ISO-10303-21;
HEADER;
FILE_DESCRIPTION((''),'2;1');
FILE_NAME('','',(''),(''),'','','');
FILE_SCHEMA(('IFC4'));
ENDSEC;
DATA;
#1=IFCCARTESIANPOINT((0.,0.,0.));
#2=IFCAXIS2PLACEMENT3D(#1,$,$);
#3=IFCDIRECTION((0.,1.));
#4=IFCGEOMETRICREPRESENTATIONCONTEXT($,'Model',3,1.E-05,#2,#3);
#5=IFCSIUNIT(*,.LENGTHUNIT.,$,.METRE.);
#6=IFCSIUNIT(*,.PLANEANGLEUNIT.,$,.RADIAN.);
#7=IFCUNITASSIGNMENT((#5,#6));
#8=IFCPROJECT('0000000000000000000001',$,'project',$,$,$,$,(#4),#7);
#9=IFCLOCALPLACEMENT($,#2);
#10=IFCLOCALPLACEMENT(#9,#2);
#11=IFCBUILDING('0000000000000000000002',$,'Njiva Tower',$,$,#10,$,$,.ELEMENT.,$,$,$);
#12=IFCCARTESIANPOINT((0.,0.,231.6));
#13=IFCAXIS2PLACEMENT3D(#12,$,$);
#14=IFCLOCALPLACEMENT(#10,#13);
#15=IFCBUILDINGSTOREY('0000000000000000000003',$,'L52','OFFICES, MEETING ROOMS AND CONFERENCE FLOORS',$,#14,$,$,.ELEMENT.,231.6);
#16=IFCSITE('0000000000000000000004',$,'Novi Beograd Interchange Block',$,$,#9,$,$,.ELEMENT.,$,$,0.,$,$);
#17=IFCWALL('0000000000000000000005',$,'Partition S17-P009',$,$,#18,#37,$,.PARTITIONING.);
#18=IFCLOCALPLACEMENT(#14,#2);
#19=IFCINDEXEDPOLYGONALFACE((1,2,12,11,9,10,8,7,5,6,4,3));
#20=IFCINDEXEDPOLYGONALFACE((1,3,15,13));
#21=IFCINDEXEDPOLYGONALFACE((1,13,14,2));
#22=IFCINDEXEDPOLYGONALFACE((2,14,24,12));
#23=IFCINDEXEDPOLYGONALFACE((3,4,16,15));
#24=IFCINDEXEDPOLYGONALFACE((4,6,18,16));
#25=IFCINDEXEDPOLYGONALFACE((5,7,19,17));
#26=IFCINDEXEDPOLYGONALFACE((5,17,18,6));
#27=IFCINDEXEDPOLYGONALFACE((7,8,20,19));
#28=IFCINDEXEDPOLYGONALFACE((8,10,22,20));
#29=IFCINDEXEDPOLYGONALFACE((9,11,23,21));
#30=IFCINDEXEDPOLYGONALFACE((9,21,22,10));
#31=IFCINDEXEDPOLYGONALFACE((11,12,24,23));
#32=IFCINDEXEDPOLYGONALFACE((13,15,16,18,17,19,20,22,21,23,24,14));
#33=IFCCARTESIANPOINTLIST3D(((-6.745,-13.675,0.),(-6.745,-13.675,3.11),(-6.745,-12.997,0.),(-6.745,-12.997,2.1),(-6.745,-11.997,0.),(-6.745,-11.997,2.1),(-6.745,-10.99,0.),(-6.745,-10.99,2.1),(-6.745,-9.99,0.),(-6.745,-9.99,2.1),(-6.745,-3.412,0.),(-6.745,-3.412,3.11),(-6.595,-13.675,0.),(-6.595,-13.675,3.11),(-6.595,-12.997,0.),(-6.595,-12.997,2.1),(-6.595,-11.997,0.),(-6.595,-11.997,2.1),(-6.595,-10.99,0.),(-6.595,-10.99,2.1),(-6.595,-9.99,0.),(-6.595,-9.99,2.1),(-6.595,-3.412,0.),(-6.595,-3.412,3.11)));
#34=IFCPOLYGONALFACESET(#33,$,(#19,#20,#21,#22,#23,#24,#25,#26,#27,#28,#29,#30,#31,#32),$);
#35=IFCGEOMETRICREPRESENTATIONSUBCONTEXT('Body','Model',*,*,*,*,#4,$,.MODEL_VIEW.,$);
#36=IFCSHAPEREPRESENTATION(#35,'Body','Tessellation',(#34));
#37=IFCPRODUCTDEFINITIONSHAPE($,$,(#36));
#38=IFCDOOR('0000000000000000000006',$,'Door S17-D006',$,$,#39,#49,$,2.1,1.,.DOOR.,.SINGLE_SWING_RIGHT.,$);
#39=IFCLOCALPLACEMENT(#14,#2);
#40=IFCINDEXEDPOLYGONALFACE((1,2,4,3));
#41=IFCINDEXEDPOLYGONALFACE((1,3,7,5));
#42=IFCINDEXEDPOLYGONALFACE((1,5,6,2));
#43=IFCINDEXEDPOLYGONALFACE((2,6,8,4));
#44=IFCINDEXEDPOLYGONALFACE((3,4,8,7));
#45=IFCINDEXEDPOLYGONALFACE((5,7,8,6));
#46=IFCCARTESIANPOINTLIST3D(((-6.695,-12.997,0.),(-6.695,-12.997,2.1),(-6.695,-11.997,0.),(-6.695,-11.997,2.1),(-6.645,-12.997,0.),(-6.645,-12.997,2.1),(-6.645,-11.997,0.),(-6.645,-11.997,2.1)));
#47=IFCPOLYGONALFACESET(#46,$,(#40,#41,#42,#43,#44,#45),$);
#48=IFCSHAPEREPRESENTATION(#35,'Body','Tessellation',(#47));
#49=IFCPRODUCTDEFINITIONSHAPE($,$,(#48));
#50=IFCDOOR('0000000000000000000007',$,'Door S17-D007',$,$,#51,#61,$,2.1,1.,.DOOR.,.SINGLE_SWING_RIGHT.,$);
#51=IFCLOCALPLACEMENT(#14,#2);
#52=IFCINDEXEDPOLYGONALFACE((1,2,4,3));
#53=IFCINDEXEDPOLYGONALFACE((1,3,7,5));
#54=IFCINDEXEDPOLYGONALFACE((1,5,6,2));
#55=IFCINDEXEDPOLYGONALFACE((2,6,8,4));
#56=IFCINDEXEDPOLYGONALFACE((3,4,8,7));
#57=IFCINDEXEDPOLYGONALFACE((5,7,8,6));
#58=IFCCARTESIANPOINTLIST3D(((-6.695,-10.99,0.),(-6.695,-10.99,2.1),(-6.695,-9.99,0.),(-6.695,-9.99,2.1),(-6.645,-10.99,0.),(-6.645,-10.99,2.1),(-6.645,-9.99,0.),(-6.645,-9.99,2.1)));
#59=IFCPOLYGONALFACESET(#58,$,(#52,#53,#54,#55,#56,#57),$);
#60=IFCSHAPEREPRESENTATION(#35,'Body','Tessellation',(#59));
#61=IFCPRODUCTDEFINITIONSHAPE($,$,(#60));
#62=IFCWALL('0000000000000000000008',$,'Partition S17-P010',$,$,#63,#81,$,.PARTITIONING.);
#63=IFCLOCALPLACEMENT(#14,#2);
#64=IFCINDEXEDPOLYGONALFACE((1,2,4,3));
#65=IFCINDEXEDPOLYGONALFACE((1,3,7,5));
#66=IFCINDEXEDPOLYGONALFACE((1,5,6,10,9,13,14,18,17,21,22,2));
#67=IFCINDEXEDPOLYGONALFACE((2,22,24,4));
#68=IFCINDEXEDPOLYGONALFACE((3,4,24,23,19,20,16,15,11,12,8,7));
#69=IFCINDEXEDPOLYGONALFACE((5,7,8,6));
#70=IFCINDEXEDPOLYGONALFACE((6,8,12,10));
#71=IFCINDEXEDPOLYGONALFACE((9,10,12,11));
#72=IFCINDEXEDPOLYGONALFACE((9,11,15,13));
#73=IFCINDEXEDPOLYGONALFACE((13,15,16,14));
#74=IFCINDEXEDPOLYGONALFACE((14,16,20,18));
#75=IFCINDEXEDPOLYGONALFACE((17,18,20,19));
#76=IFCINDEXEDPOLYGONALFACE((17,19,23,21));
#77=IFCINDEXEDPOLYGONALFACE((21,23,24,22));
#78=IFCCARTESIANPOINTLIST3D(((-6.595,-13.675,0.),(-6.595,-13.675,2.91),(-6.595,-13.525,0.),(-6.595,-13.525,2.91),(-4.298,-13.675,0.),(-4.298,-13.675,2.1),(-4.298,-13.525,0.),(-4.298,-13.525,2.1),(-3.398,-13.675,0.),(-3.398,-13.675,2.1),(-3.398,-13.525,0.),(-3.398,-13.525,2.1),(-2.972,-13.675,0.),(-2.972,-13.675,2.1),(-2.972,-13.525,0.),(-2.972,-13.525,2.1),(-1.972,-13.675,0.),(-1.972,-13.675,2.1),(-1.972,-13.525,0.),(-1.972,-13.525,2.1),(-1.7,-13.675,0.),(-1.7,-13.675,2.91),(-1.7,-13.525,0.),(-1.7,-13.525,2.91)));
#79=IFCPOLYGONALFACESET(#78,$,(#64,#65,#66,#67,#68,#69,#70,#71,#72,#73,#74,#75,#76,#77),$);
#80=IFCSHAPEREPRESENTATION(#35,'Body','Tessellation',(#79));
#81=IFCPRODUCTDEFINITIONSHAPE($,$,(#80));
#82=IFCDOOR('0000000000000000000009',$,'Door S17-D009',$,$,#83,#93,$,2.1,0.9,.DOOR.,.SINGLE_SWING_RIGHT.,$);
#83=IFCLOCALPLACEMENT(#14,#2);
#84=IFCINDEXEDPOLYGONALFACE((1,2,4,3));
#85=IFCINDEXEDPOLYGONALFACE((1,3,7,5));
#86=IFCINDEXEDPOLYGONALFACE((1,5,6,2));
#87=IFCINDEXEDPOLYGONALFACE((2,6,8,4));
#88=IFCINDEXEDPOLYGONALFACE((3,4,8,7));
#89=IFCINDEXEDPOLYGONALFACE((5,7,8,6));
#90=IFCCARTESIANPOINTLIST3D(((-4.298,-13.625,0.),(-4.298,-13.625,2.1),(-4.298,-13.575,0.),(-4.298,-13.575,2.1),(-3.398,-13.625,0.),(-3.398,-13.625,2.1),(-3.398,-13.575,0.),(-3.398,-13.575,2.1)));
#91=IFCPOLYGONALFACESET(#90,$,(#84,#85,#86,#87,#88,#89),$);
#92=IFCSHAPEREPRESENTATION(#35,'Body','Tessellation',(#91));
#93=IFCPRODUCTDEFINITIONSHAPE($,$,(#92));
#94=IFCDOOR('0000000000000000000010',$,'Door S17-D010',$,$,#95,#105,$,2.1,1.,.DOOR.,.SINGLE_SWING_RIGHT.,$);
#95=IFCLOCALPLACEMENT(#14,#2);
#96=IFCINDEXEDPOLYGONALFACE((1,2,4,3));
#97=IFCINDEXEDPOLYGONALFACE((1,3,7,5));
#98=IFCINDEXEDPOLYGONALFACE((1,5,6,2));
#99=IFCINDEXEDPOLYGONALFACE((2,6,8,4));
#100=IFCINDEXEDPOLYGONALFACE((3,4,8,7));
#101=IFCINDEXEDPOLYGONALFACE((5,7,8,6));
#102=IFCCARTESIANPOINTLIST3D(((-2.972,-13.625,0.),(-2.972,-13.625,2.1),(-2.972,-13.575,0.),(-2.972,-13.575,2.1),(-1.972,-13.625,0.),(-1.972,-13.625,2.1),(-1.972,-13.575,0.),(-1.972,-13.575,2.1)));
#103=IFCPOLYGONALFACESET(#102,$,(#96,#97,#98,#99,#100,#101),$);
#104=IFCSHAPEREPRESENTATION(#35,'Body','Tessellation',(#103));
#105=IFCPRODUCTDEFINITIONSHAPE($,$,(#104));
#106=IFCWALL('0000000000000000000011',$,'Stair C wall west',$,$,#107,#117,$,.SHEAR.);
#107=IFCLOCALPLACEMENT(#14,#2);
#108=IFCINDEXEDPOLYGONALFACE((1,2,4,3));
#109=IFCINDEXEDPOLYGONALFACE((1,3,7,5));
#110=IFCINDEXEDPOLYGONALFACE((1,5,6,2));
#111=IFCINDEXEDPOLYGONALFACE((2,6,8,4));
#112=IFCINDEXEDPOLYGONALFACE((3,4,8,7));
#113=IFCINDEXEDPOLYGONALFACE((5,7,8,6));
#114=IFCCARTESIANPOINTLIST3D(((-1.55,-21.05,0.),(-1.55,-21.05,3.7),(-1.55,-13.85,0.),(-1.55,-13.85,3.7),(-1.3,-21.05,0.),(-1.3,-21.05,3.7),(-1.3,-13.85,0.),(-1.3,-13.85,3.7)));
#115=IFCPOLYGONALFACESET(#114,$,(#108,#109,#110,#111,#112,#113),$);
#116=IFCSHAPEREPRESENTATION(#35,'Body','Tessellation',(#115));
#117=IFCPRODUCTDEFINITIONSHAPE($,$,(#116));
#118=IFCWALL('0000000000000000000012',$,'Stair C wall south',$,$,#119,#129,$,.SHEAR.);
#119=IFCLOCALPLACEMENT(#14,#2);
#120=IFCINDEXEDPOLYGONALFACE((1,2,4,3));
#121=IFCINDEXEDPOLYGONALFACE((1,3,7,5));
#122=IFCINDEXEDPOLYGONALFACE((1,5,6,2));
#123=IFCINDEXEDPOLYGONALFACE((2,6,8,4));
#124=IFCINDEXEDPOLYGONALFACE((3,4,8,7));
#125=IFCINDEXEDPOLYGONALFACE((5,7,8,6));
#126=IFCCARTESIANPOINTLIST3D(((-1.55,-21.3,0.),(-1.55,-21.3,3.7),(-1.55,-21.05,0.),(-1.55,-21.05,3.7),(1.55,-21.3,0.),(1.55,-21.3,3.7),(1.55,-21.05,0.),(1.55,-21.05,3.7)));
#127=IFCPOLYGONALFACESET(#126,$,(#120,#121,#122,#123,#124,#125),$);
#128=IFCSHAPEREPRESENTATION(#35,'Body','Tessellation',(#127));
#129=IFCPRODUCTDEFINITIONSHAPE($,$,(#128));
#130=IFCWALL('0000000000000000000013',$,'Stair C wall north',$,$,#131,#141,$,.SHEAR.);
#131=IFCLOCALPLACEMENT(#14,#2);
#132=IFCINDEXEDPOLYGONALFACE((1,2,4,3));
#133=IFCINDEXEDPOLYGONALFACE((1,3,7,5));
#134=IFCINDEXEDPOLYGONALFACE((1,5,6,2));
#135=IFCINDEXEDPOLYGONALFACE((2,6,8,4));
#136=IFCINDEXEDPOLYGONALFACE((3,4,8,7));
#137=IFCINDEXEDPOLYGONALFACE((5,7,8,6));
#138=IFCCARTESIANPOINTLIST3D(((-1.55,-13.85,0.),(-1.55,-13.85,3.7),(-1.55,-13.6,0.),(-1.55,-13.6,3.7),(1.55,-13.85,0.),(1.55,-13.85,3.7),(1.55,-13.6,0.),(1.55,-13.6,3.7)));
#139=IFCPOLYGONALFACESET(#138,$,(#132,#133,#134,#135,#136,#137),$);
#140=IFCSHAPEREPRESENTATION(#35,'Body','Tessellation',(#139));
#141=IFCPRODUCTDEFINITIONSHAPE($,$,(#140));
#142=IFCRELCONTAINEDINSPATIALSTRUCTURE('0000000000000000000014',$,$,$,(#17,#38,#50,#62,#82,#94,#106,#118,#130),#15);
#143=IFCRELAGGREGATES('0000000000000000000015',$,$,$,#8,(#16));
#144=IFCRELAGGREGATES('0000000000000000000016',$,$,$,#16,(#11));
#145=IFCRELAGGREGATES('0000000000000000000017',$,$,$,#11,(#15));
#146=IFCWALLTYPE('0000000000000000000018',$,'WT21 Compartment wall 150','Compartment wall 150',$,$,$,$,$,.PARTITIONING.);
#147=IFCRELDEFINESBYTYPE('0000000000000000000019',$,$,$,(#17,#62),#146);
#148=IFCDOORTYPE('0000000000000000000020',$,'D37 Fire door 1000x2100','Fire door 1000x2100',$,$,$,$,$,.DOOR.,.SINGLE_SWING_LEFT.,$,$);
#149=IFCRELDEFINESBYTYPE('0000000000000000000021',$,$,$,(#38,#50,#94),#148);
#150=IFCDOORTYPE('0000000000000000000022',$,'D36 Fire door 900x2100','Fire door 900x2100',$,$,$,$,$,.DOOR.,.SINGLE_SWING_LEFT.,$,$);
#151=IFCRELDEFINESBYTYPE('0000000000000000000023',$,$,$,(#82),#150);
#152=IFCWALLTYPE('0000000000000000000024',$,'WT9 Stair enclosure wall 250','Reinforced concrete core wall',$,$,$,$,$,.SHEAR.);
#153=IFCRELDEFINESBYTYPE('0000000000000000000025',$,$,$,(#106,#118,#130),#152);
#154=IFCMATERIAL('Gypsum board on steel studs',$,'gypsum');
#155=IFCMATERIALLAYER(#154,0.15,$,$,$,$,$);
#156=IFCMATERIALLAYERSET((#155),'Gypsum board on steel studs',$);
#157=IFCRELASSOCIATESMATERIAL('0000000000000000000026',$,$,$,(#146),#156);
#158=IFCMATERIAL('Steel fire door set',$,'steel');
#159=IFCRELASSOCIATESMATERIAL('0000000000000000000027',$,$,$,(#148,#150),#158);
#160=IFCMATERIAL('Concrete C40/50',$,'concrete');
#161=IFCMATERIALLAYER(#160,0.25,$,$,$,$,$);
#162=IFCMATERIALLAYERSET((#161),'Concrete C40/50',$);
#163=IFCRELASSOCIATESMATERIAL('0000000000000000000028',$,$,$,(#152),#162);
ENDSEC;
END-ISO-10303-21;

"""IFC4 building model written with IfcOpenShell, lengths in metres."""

from ifc_helpers import new_model, si_unit, direction, frame, frame_2d, origin, place, context, subcontext, project, spatial, rectangle, extrude, material, layer, layer_set, type_object, element, fill, save


model = new_model("IFC4")

# Units and contexts
model_context = context("Model", 3, precision=1e-05, world=origin(), true_north=direction((0.0, 1.0)))
body_context = subcontext(model_context, "Body", "Model", "MODEL_VIEW")
ifc_project = project(units=[si_unit("LENGTHUNIT", "METRE"), si_unit("PLANEANGLEUNIT", "RADIAN")], contexts=[model_context])

# Site, building, storey
site_placement = place(None, origin())
site = spatial("IfcSite", under=ifc_project, at=site_placement, Name="Novi Beograd Interchange Block", CompositionType="ELEMENT", RefElevation=0.0)
building_placement = place(site_placement, origin())
building = spatial("IfcBuilding", under=site, at=building_placement, Name="Njiva Tower", CompositionType="ELEMENT")
storey_placement = place(building_placement, frame((0.0, 0.0, 231.6)))
storey = spatial("IfcBuildingStorey", under=building, at=storey_placement, Name="L52", Description="OFFICES, MEETING ROOMS AND CONFERENCE FLOORS", CompositionType="ELEMENT", Elevation=231.6)

# Shared definitions
ifc_material_1 = material(Name="Gypsum board on steel studs", Category="gypsum")
ifc_layer_1 = layer(ifc_material_1, 0.15)
ifc_layer_set_1 = layer_set([ifc_layer_1], Name="Gypsum board on steel studs")
wall_type_1 = type_object("IfcWallType", Name="WT21 Compartment wall 150", Description="Compartment wall 150", PredefinedType="PARTITIONING", material=ifc_layer_set_1)

# Walls, openings, doors
wall_1_placement = place(storey_placement, frame((-6.67, -13.675, 0.0), z_axis=(0.0, 0.0, 1.0), x_axis=(0.0, 1.0, 0.0)))
wall_1 = element("IfcWall", 1, at=wall_1_placement, inside=storey, type_object=wall_type_1, Name="Partition S17-P009", PredefinedType="PARTITIONING", context=body_context, shape_type="SweptSolid", body=[
    extrude(rectangle(XDim=10.263, YDim=0.15, at=frame_2d((5.1315, 0.0))), origin(), (0.0, 0.0, 1.0), 3.11),
])
opening_1_placement = place(wall_1_placement, frame((0.678, 0.0, 0.0)))
opening_1 = element("IfcOpeningElement", 2, at=opening_1_placement, cuts=wall_1, PredefinedType="OPENING", context=body_context, shape_type="SweptSolid", body=[
    extrude(rectangle(XDim=1.0, YDim=2.1, at=frame_2d((0.5, 1.05))), frame((0.0, 0.085, 0.0), z_axis=(0.0, -1.0, 0.0), x_axis=(1.0, 0.0, 0.0)), (0.0, 0.0, 1.0), 0.17),
])
opening_2_placement = place(wall_1_placement, frame((2.685, 0.0, 0.0)))
opening_2 = element("IfcOpeningElement", 3, at=opening_2_placement, cuts=wall_1, PredefinedType="OPENING", context=body_context, shape_type="SweptSolid", body=[
    extrude(rectangle(XDim=1.0, YDim=2.1, at=frame_2d((0.5, 1.05))), frame((0.0, 0.085, 0.0), z_axis=(0.0, -1.0, 0.0), x_axis=(1.0, 0.0, 0.0)), (0.0, 0.0, 1.0), 0.17),
])
ifc_material_2 = material(Name="Steel fire door set", Category="steel")
door_type_1 = type_object("IfcDoorType", Name="D37 Fire door 1000x2100", Description="Fire door 1000x2100", OperationType="SINGLE_SWING_LEFT", PredefinedType="DOOR", material=ifc_material_2)
door_1_placement = place(opening_1_placement, origin())
door_1 = element("IfcDoor", 4, at=door_1_placement, inside=storey, type_object=door_type_1, Name="Door S17-D006", OperationType="SINGLE_SWING_RIGHT", OverallHeight=2.1, OverallWidth=1.0, PredefinedType="DOOR", context=body_context, shape_type="SweptSolid", body=[
    extrude(rectangle(XDim=1.0, YDim=2.1, at=frame_2d((0.5, 1.05))), frame((0.0, 0.025, 0.0), z_axis=(0.0, -1.0, 0.0), x_axis=(1.0, 0.0, 0.0)), (0.0, 0.0, 1.0), 0.05),
])
fill(opening_1, door_1)
door_2_placement = place(opening_2_placement, origin())
door_2 = element("IfcDoor", 5, at=door_2_placement, inside=storey, type_object=door_type_1, Name="Door S17-D007", OperationType="SINGLE_SWING_RIGHT", OverallHeight=2.1, OverallWidth=1.0, PredefinedType="DOOR", context=body_context, shape_type="SweptSolid", body=[
    extrude(rectangle(XDim=1.0, YDim=2.1, at=frame_2d((0.5, 1.05))), frame((0.0, 0.025, 0.0), z_axis=(0.0, -1.0, 0.0), x_axis=(1.0, 0.0, 0.0)), (0.0, 0.0, 1.0), 0.05),
])
fill(opening_2, door_2)
wall_2_placement = place(storey_placement, frame((-6.595, -13.6, 0.0), z_axis=(0.0, 0.0, 1.0), x_axis=(1.0, 0.0, 0.0)))
wall_2 = element("IfcWall", 6, at=wall_2_placement, inside=storey, type_object=wall_type_1, Name="Partition S17-P010", PredefinedType="PARTITIONING", context=body_context, shape_type="SweptSolid", body=[
    extrude(rectangle(XDim=4.895, YDim=0.15, at=frame_2d((2.4475, 0.0))), origin(), (0.0, 0.0, 1.0), 2.91),
])
opening_3_placement = place(wall_2_placement, frame((2.297, 0.0, 0.0)))
opening_3 = element("IfcOpeningElement", 7, at=opening_3_placement, cuts=wall_2, PredefinedType="OPENING", context=body_context, shape_type="SweptSolid", body=[
    extrude(rectangle(XDim=0.9, YDim=2.1, at=frame_2d((0.45, 1.05))), frame((0.0, 0.085, 0.0), z_axis=(0.0, -1.0, 0.0), x_axis=(1.0, 0.0, 0.0)), (0.0, 0.0, 1.0), 0.17),
])
opening_4_placement = place(wall_2_placement, frame((3.623, 0.0, 0.0)))
opening_4 = element("IfcOpeningElement", 8, at=opening_4_placement, cuts=wall_2, PredefinedType="OPENING", context=body_context, shape_type="SweptSolid", body=[
    extrude(rectangle(XDim=1.0, YDim=2.1, at=frame_2d((0.5, 1.05))), frame((0.0, 0.085, 0.0), z_axis=(0.0, -1.0, 0.0), x_axis=(1.0, 0.0, 0.0)), (0.0, 0.0, 1.0), 0.17),
])
door_type_2 = type_object("IfcDoorType", Name="D36 Fire door 900x2100", Description="Fire door 900x2100", OperationType="SINGLE_SWING_LEFT", PredefinedType="DOOR", material=ifc_material_2)
door_3_placement = place(opening_3_placement, origin())
door_3 = element("IfcDoor", 9, at=door_3_placement, inside=storey, type_object=door_type_2, Name="Door S17-D009", OperationType="SINGLE_SWING_RIGHT", OverallHeight=2.1, OverallWidth=0.9, PredefinedType="DOOR", context=body_context, shape_type="SweptSolid", body=[
    extrude(rectangle(XDim=0.9, YDim=2.1, at=frame_2d((0.45, 1.05))), frame((0.0, 0.025, 0.0), z_axis=(0.0, -1.0, 0.0), x_axis=(1.0, 0.0, 0.0)), (0.0, 0.0, 1.0), 0.05),
])
fill(opening_3, door_3)
door_4_placement = place(opening_4_placement, origin())
door_4 = element("IfcDoor", 10, at=door_4_placement, inside=storey, type_object=door_type_1, Name="Door S17-D010", OperationType="SINGLE_SWING_RIGHT", OverallHeight=2.1, OverallWidth=1.0, PredefinedType="DOOR", context=body_context, shape_type="SweptSolid", body=[
    extrude(rectangle(XDim=1.0, YDim=2.1, at=frame_2d((0.5, 1.05))), frame((0.0, 0.025, 0.0), z_axis=(0.0, -1.0, 0.0), x_axis=(1.0, 0.0, 0.0)), (0.0, 0.0, 1.0), 0.05),
])
fill(opening_4, door_4)

# Walls
ifc_material_3 = material(Name="Concrete C40/50", Category="concrete")
ifc_layer_2 = layer(ifc_material_3, 0.25)
ifc_layer_set_2 = layer_set([ifc_layer_2], Name="Concrete C40/50")
wall_type_2 = type_object("IfcWallType", Name="WT9 Stair enclosure wall 250", Description="Reinforced concrete core wall", PredefinedType="SHEAR", material=ifc_layer_set_2)
wall_3_placement = place(storey_placement, frame((-1.425, -21.05, 0.0), z_axis=(0.0, 0.0, 1.0), x_axis=(0.0, 1.0, 0.0)))
element("IfcWall", 11, at=wall_3_placement, inside=storey, type_object=wall_type_2, Name="Stair C wall west", PredefinedType="SHEAR", context=body_context, shape_type="SweptSolid", body=[
    extrude(rectangle(XDim=7.2, YDim=0.25, at=frame_2d((3.6, 0.0))), origin(), (0.0, 0.0, 1.0), 3.7),
])
for number, where, z_axis, x_axis, name in (
    (12, (-1.55, -21.175, 0.0), (0.0, 0.0, 1.0), (1.0, 0.0, 0.0), "Stair C wall south"),
    (13, (-1.55, -13.725, 0.0), (0.0, 0.0, 1.0), (1.0, 0.0, 0.0), "Stair C wall north"),
):
    element("IfcWall", number, at=place(storey_placement, frame(where, z_axis=z_axis, x_axis=x_axis)), inside=storey, type_object=wall_type_2, Name=name, PredefinedType="SHEAR", context=body_context, shape_type="SweptSolid", body=[
        extrude(rectangle(XDim=3.1, YDim=0.25, at=frame_2d((1.55, 0.0))), origin(), (0.0, 0.0, 1.0), 3.7),
    ])

save(model, "model.ifc")
